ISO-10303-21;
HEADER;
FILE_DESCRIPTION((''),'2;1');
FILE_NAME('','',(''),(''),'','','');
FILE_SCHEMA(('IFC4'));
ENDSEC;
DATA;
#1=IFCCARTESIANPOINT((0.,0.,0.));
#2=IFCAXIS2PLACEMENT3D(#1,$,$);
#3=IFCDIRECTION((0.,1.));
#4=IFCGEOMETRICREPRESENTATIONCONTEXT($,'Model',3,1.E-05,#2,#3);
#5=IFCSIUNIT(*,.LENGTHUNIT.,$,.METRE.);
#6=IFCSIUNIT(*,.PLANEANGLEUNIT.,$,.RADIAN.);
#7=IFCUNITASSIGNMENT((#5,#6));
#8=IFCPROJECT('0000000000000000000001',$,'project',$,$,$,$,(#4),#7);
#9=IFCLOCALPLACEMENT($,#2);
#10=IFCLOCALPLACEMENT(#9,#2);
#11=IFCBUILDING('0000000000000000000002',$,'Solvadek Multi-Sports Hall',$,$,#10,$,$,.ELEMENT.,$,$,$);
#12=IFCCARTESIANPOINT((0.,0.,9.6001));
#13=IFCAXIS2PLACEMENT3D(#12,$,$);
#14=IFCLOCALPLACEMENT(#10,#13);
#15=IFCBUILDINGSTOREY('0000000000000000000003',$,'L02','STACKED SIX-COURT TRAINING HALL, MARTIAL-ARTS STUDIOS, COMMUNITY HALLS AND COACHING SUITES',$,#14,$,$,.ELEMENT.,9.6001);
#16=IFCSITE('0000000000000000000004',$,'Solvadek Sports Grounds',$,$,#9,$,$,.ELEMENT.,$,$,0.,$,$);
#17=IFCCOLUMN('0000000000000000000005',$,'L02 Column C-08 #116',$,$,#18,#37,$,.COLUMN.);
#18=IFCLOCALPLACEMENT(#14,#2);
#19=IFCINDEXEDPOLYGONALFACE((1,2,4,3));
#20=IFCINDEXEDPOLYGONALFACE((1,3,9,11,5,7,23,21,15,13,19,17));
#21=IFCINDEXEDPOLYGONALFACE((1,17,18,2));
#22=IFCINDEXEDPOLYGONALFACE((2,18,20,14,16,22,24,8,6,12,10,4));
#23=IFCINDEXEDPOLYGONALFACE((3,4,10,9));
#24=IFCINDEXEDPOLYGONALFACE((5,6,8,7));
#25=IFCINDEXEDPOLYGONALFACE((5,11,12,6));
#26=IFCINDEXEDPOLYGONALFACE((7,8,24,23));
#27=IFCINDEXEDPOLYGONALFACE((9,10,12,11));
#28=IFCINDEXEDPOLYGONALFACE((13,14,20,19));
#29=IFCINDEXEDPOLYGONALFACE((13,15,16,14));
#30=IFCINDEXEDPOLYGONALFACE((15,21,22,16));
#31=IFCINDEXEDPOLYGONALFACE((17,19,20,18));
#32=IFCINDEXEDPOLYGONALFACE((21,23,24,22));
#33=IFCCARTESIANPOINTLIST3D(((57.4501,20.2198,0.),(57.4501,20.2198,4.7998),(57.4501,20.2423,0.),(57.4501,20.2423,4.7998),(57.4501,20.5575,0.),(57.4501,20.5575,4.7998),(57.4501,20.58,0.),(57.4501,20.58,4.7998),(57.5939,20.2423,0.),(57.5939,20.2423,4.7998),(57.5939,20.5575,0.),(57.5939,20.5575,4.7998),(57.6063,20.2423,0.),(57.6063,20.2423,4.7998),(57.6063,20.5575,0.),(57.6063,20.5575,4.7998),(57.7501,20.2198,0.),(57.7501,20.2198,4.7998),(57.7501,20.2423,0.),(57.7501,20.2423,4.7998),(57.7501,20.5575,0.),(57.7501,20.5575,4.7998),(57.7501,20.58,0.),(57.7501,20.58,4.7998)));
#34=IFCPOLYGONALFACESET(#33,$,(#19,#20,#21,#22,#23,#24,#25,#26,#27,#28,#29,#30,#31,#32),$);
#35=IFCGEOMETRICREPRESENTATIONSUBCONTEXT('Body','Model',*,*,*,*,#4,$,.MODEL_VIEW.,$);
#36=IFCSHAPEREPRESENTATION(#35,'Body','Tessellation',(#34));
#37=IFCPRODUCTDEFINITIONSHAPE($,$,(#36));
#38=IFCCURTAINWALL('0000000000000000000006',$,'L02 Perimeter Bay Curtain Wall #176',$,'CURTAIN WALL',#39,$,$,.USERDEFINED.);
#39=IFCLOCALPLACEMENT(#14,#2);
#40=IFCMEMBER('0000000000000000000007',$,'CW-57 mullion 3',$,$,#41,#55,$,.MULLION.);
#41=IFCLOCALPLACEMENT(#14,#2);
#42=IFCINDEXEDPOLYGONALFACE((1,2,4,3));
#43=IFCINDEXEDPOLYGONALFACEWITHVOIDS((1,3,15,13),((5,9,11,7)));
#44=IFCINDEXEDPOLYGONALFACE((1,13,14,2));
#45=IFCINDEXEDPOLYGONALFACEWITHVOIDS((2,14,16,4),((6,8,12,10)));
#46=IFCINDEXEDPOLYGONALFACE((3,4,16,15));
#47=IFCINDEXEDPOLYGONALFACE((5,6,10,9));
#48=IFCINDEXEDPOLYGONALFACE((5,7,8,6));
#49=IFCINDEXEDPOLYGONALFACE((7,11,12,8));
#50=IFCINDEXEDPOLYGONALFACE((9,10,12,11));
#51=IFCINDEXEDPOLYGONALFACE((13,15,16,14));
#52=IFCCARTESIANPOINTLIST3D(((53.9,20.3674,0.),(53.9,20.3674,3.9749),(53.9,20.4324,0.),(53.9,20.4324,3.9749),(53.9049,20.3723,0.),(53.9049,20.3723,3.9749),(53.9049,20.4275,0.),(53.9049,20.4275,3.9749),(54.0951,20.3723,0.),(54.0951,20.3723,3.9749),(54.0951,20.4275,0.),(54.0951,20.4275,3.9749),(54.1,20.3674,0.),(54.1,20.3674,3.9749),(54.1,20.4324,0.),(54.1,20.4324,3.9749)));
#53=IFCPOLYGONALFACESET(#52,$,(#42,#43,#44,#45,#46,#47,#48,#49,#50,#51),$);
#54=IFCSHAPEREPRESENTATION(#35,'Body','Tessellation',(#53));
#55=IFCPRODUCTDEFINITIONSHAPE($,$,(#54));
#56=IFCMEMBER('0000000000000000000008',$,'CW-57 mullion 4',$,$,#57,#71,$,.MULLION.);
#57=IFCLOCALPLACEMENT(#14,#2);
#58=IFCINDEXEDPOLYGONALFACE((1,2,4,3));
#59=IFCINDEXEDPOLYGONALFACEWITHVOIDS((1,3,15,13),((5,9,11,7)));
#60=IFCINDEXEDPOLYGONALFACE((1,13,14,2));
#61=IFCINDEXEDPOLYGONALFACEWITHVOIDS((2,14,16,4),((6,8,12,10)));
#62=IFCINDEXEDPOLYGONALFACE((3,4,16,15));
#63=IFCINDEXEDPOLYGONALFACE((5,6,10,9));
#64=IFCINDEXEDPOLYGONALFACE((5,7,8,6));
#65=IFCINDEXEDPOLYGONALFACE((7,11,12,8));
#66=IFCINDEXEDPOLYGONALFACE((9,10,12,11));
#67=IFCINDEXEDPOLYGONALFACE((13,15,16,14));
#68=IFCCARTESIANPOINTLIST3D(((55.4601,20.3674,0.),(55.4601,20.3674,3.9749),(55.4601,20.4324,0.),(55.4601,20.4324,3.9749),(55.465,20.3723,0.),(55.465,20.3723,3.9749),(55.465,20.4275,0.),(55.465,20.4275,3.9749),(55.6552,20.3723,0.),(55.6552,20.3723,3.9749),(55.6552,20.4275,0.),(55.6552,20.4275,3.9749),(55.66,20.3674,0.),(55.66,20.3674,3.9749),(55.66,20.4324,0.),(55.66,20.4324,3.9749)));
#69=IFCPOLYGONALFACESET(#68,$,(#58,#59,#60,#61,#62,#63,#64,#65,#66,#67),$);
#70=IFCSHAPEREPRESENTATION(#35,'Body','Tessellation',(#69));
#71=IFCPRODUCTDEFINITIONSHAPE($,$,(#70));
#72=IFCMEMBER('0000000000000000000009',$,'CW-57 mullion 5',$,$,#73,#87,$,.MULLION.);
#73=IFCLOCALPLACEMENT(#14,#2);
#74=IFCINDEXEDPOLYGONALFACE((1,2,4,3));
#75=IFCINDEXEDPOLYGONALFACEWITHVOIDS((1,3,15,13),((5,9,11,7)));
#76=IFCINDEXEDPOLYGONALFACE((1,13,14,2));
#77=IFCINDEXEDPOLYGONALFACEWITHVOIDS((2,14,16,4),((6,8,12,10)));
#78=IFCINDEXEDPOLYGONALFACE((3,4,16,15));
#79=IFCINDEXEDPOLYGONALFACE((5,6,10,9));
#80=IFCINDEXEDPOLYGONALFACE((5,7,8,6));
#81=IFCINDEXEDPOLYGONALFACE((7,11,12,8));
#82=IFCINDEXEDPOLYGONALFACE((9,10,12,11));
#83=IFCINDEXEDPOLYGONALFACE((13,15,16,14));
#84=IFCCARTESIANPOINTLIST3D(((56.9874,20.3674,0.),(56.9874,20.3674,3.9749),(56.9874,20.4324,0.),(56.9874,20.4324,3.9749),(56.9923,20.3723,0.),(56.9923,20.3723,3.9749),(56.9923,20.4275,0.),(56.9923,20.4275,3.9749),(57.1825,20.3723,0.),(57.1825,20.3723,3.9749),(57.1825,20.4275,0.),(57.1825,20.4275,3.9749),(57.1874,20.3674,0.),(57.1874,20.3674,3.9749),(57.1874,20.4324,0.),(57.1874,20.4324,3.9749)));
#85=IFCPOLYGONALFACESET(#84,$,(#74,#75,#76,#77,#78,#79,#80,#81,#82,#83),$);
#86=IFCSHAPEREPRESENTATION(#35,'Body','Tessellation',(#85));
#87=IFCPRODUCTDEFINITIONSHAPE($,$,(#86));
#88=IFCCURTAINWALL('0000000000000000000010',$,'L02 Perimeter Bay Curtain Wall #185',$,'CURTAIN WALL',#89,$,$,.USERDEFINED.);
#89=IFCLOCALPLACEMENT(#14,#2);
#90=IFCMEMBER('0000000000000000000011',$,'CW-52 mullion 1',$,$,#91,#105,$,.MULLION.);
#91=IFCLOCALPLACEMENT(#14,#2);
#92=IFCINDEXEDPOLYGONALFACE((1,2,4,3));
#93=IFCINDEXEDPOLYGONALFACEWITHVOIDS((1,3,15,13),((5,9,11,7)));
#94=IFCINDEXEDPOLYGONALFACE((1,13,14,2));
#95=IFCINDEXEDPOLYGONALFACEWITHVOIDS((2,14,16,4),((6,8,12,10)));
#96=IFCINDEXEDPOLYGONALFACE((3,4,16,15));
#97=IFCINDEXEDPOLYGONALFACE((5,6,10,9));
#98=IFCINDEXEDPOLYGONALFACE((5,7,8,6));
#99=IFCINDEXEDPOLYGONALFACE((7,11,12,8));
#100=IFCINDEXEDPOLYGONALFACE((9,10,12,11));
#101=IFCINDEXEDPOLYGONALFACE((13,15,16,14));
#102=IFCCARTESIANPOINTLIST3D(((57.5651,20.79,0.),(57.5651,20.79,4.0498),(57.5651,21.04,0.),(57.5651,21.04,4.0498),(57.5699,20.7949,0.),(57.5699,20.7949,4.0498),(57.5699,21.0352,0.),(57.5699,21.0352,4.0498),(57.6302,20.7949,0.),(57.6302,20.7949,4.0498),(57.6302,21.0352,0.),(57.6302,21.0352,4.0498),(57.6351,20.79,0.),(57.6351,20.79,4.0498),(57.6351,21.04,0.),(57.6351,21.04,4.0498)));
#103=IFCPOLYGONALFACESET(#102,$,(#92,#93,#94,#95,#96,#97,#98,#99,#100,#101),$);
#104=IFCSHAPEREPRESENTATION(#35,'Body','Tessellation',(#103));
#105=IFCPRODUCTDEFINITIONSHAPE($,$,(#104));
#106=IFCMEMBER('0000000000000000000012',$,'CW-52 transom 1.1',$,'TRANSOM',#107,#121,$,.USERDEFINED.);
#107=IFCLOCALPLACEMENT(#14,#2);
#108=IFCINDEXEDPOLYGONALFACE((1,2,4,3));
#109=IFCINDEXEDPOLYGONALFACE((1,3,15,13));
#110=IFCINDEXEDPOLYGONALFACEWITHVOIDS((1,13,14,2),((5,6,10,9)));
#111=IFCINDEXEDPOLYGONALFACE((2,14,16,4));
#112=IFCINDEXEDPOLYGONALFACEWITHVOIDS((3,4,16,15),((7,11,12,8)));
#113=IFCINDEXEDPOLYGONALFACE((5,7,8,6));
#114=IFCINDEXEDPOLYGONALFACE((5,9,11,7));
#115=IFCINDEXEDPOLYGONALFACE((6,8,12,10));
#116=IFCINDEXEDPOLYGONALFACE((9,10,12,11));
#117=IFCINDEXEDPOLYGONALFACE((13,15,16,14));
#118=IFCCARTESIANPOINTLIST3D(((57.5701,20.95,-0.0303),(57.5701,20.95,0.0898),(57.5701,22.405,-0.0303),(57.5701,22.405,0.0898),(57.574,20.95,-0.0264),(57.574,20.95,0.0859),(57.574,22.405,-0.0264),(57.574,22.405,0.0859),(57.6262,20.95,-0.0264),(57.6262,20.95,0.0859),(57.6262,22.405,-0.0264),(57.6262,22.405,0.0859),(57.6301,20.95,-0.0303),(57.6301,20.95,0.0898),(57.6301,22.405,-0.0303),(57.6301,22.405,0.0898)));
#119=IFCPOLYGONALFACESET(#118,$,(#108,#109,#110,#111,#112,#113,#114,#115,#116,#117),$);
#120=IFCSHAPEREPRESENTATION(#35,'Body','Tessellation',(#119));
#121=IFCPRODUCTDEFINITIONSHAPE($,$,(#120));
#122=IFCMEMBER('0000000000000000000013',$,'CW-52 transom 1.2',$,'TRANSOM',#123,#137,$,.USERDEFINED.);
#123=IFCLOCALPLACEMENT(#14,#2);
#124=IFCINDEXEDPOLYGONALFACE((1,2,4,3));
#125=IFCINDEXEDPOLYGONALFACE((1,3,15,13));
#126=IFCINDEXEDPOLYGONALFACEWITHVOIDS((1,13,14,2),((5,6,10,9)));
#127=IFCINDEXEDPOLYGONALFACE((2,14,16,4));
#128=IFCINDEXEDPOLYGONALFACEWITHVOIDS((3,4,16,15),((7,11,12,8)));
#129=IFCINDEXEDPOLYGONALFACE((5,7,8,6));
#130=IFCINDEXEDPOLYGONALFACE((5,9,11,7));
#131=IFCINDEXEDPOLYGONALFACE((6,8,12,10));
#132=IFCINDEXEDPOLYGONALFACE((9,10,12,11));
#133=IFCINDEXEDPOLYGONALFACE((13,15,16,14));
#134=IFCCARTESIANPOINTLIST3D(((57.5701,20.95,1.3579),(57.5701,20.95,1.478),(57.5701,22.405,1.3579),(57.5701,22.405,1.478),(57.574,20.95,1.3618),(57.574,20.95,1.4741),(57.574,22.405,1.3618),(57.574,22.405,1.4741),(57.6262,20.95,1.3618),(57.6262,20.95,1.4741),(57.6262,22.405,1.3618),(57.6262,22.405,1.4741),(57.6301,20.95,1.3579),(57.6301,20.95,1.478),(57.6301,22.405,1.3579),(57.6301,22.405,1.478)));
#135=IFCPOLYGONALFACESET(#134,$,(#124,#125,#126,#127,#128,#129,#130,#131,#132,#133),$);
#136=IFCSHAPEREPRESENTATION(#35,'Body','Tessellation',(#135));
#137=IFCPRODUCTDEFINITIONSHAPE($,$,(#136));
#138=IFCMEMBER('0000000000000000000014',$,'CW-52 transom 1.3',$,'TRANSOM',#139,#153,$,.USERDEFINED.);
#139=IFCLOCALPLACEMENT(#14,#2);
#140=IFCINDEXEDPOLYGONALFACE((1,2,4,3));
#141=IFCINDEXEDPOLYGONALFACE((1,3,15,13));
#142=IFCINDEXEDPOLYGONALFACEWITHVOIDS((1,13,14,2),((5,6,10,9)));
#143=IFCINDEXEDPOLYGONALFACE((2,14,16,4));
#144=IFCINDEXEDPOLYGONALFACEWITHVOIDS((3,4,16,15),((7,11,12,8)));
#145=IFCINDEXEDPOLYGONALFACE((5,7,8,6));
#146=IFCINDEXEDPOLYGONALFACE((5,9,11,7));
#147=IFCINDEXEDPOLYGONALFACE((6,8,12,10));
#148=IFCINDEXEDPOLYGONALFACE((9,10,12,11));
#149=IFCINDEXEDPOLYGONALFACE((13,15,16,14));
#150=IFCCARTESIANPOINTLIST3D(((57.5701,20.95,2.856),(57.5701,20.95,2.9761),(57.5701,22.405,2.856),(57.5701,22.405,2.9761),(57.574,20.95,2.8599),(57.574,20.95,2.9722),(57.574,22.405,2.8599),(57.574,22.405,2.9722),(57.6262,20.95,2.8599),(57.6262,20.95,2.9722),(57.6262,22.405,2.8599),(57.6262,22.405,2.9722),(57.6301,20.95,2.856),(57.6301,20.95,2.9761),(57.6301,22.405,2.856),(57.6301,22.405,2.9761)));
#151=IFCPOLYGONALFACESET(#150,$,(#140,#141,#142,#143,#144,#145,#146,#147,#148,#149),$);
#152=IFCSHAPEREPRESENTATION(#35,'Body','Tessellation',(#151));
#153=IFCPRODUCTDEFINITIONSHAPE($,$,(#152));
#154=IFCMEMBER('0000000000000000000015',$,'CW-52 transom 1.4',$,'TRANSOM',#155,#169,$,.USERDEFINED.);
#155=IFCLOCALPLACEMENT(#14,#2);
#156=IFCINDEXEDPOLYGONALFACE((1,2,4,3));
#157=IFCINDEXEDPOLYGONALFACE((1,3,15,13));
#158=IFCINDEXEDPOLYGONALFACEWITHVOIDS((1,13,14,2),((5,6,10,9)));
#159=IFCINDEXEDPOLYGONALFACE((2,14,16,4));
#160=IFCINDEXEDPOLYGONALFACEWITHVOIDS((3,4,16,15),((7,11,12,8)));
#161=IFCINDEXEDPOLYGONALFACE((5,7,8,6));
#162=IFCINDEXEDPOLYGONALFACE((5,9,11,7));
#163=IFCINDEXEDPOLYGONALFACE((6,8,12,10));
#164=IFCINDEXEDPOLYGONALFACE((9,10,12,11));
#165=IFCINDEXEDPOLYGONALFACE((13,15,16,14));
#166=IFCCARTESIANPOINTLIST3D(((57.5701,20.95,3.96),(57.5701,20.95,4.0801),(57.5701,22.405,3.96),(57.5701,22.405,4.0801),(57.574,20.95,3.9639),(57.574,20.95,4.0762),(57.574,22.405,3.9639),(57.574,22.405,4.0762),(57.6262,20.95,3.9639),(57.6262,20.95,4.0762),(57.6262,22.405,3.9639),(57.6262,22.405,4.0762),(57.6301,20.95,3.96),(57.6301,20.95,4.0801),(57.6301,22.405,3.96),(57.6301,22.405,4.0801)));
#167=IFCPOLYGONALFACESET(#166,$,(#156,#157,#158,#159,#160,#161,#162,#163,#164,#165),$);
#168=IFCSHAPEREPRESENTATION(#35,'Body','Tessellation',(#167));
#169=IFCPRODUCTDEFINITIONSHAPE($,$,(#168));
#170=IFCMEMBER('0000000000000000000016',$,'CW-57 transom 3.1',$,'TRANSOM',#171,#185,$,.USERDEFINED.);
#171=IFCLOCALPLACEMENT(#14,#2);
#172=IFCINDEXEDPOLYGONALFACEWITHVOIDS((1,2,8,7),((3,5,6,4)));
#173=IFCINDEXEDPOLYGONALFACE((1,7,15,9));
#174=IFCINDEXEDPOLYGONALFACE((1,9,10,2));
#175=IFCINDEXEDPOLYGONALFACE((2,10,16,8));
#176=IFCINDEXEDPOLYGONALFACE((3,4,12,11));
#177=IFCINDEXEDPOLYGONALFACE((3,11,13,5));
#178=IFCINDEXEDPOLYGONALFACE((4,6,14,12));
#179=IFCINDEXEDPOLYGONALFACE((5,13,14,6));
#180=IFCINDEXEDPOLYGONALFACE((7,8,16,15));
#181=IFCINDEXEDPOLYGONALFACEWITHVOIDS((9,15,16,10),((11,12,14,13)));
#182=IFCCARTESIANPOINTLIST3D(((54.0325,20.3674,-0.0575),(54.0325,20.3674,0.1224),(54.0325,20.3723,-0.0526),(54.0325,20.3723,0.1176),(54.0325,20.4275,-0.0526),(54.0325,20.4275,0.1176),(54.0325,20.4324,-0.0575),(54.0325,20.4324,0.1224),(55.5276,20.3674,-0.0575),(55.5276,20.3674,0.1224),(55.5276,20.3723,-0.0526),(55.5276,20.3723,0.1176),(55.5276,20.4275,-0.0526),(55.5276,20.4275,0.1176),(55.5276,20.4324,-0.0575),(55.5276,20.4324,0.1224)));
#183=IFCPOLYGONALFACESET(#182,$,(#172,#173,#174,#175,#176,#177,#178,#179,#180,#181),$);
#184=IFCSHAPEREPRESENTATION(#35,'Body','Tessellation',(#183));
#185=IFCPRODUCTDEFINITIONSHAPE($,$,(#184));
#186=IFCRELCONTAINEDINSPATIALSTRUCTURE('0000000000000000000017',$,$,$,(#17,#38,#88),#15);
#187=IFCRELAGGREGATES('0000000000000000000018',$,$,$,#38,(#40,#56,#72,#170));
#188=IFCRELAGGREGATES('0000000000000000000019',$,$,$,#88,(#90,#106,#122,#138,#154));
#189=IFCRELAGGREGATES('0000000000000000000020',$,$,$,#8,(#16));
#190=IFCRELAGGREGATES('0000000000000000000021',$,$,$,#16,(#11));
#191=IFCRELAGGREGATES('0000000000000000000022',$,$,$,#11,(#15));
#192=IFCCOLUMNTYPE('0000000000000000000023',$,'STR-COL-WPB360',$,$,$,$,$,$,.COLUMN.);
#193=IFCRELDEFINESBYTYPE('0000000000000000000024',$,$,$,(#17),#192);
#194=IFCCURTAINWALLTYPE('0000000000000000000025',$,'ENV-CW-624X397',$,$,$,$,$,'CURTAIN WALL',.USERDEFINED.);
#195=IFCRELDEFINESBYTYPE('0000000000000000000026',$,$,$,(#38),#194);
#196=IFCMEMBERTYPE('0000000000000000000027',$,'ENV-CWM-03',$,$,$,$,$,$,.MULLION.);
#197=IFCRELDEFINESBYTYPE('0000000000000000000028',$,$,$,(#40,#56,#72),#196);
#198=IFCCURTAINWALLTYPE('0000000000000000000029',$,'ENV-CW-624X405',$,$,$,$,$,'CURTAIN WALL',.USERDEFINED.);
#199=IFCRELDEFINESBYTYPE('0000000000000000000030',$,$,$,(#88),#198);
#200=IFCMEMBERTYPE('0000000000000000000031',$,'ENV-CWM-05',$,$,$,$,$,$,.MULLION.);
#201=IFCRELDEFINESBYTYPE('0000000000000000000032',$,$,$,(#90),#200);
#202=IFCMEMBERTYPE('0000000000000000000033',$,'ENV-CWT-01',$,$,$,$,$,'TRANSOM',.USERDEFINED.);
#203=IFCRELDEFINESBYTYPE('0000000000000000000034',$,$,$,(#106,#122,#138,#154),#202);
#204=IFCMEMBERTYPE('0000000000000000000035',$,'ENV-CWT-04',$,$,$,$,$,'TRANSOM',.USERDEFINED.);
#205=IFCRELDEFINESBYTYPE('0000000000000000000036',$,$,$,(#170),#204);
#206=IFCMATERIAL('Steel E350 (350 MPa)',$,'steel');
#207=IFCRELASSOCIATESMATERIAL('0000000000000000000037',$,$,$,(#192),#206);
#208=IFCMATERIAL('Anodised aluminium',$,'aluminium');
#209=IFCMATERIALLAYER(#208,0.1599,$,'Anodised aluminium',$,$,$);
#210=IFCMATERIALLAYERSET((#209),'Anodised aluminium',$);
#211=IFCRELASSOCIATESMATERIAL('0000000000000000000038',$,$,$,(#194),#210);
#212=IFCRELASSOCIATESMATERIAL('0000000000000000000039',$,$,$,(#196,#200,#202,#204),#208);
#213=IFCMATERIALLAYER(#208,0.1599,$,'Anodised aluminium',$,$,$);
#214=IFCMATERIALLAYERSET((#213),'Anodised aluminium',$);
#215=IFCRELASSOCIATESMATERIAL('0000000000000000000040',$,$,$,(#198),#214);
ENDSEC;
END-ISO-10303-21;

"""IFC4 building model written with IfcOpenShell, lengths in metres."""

from ifc_helpers import new_model, si_unit, direction, frame, origin, origin_2d, place, context, subcontext, project, spatial, hollow_rectangle, i_section, extrude, material, layer, layer_set, material_profile, profile_set, type_object, element, aggregate, save


model = new_model("IFC4")

# Units and contexts
model_context = context("Model", 3, precision=1e-05, world=origin(), true_north=direction((0.0, 1.0)))
body_context = subcontext(model_context, "Body", "Model", "MODEL_VIEW")
ifc_project = project(units=[si_unit("LENGTHUNIT", "METRE"), si_unit("PLANEANGLEUNIT", "RADIAN")], contexts=[model_context])

# Site, building, storey
site_placement = place(None, origin())
site = spatial("IfcSite", under=ifc_project, at=site_placement, Name="Solvadek Sports Grounds", CompositionType="ELEMENT", RefElevation=0.0)
building_placement = place(site_placement, origin())
building = spatial("IfcBuilding", under=site, at=building_placement, Name="Solvadek Multi-Sports Hall", CompositionType="ELEMENT")
storey_placement = place(building_placement, frame((0.0, 0.0, 9.6001)))
storey = spatial("IfcBuildingStorey", under=building, at=storey_placement, Name="L02", Description="STACKED SIX-COURT TRAINING HALL, MARTIAL-ARTS STUDIOS, COMMUNITY HALLS AND COACHING SUITES", CompositionType="ELEMENT", Elevation=9.6001)

# Column
ifc_material_1 = material(Name="Steel E350 (350 MPa)", Category="steel")
ifc_material_profile_1 = material_profile(ifc_material_1, i_section(OverallWidth=0.3, OverallDepth=0.3601, WebThickness=0.0125, FlangeThickness=0.0225, at=origin_2d()), Name="WPB 360")
ifc_profile_set_1 = profile_set([ifc_material_profile_1], Name="Steel E350 (350 MPa)")
column_type = type_object("IfcColumnType", Name="STR-COL-WPB360", PredefinedType="COLUMN", material=ifc_profile_set_1)
column_placement = place(storey_placement, frame((57.6001, 20.3999, 0.0), z_axis=(0.0, 0.0, 1.0), x_axis=(1.0, 0.0, 0.0)))
element("IfcColumn", 1, at=column_placement, inside=storey, type_object=column_type, Name="L02 Column C-08 #116", PredefinedType="COLUMN", context=body_context, shape_type="SweptSolid", body=[
    extrude(i_section(OverallWidth=0.3, OverallDepth=0.3601, WebThickness=0.0125, FlangeThickness=0.0225, at=origin_2d()), origin(), (0.0, 0.0, 1.0), 4.7998),
])

# Curtain walls, members
ifc_material_2 = material(Name="Anodised aluminium", Category="aluminium")
ifc_layer_1 = layer(ifc_material_2, 0.1599, Name="Anodised aluminium")
ifc_layer_set_1 = layer_set([ifc_layer_1], Name="Anodised aluminium")
curtain_wall_type_1 = type_object("IfcCurtainWallType", Name="ENV-CW-624X397", ElementType="CURTAIN WALL", PredefinedType="USERDEFINED", material=ifc_layer_set_1)
curtain_wall_1_placement = place(storey_placement, origin())
curtain_wall_1 = element("IfcCurtainWall", 2, at=curtain_wall_1_placement, inside=storey, type_object=curtain_wall_type_1, Name="L02 Perimeter Bay Curtain Wall #176", ObjectType="CURTAIN WALL", PredefinedType="USERDEFINED")
ifc_material_profile_2 = material_profile(ifc_material_2, hollow_rectangle(XDim=0.0649, YDim=0.2, WallThickness=0.0049, at=origin_2d()), Name="ALU-M 200x65x5")
ifc_profile_set_2 = profile_set([ifc_material_profile_2], Name="Anodised aluminium")
member_type_1 = type_object("IfcMemberType", Name="ENV-CWM-03", PredefinedType="MULLION", material=ifc_profile_set_2)
member_1_placement = place(storey_placement, frame((54.0, 20.3999, 0.0), z_axis=(0.0, 0.0, 1.0), x_axis=(0.0, 1.0, 0.0)))
member_1 = element("IfcMember", 3, at=member_1_placement, type_object=member_type_1, Name="CW-57 mullion 3", PredefinedType="MULLION", context=body_context, shape_type="SweptSolid", body=[
    extrude(hollow_rectangle(XDim=0.0649, YDim=0.2, WallThickness=0.0049, at=origin_2d()), origin(), (0.0, 0.0, 1.0), 3.9749),
])
member_2_placement = place(storey_placement, frame((55.5601, 20.3999, 0.0), z_axis=(0.0, 0.0, 1.0), x_axis=(0.0, 1.0, 0.0)))
member_2 = element("IfcMember", 4, at=member_2_placement, type_object=member_type_1, Name="CW-57 mullion 4", PredefinedType="MULLION", context=body_context, shape_type="SweptSolid", body=[
    extrude(hollow_rectangle(XDim=0.0649, YDim=0.2, WallThickness=0.0049, at=origin_2d()), origin(), (0.0, 0.0, 1.0), 3.9749),
])
member_3_placement = place(storey_placement, frame((57.0874, 20.3999, 0.0), z_axis=(0.0, 0.0, 1.0), x_axis=(0.0, 1.0, 0.0)))
member_3 = element("IfcMember", 5, at=member_3_placement, type_object=member_type_1, Name="CW-57 mullion 5", PredefinedType="MULLION", context=body_context, shape_type="SweptSolid", body=[
    extrude(hollow_rectangle(XDim=0.0649, YDim=0.2, WallThickness=0.0049, at=origin_2d()), origin(), (0.0, 0.0, 1.0), 3.9749),
])
ifc_layer_2 = layer(ifc_material_2, 0.1599, Name="Anodised aluminium")
ifc_layer_set_2 = layer_set([ifc_layer_2], Name="Anodised aluminium")
curtain_wall_type_2 = type_object("IfcCurtainWallType", Name="ENV-CW-624X405", ElementType="CURTAIN WALL", PredefinedType="USERDEFINED", material=ifc_layer_set_2)
curtain_wall_2_placement = place(storey_placement, origin())
curtain_wall_2 = element("IfcCurtainWall", 6, at=curtain_wall_2_placement, inside=storey, type_object=curtain_wall_type_2, Name="L02 Perimeter Bay Curtain Wall #185", ObjectType="CURTAIN WALL", PredefinedType="USERDEFINED")
ifc_material_profile_3 = material_profile(ifc_material_2, hollow_rectangle(XDim=0.0701, YDim=0.25, WallThickness=0.0049, at=origin_2d()), Name="ALU-M 250x70x5")
ifc_profile_set_3 = profile_set([ifc_material_profile_3], Name="Anodised aluminium")
member_type_2 = type_object("IfcMemberType", Name="ENV-CWM-05", PredefinedType="MULLION", material=ifc_profile_set_3)
member_4_placement = place(storey_placement, frame((57.6001, 20.915, 0.0), z_axis=(0.0, 0.0, 1.0), x_axis=(-1.0, 0.0, 0.0)))
member_4 = element("IfcMember", 7, at=member_4_placement, type_object=member_type_2, Name="CW-52 mullion 1", PredefinedType="MULLION", context=body_context, shape_type="SweptSolid", body=[
    extrude(hollow_rectangle(XDim=0.0701, YDim=0.25, WallThickness=0.0049, at=origin_2d()), origin(), (0.0, 0.0, 1.0), 4.0498),
])
ifc_material_profile_4 = material_profile(ifc_material_2, hollow_rectangle(XDim=0.0601, YDim=0.1201, WallThickness=0.0039, at=origin_2d()), Name="ALU-T 120x60x4")
ifc_profile_set_4 = profile_set([ifc_material_profile_4], Name="Anodised aluminium")
member_type_3 = type_object("IfcMemberType", Name="ENV-CWT-01", ElementType="TRANSOM", PredefinedType="USERDEFINED", material=ifc_profile_set_4)
member_5_placement = place(storey_placement, frame((57.6001, 20.95, 0.0298), z_axis=(0.0, 1.0, 0.0), x_axis=(-1.0, 0.0, 0.0)))
member_5 = element("IfcMember", 8, at=member_5_placement, type_object=member_type_3, Name="CW-52 transom 1.1", ObjectType="TRANSOM", PredefinedType="USERDEFINED", context=body_context, shape_type="SweptSolid", body=[
    extrude(hollow_rectangle(XDim=0.0601, YDim=0.1201, WallThickness=0.0039, at=origin_2d()), origin(), (0.0, 0.0, 1.0), 1.4551),
])
member_6_placement = place(storey_placement, frame((57.6001, 20.95, 1.418), z_axis=(0.0, 1.0, 0.0), x_axis=(-1.0, 0.0, 0.0)))
member_6 = element("IfcMember", 9, at=member_6_placement, type_object=member_type_3, Name="CW-52 transom 1.2", ObjectType="TRANSOM", PredefinedType="USERDEFINED", context=body_context, shape_type="SweptSolid", body=[
    extrude(hollow_rectangle(XDim=0.0601, YDim=0.1201, WallThickness=0.0039, at=origin_2d()), origin(), (0.0, 0.0, 1.0), 1.4551),
])
member_7_placement = place(storey_placement, frame((57.6001, 20.95, 2.916), z_axis=(0.0, 1.0, 0.0), x_axis=(-1.0, 0.0, 0.0)))
member_7 = element("IfcMember", 10, at=member_7_placement, type_object=member_type_3, Name="CW-52 transom 1.3", ObjectType="TRANSOM", PredefinedType="USERDEFINED", context=body_context, shape_type="SweptSolid", body=[
    extrude(hollow_rectangle(XDim=0.0601, YDim=0.1201, WallThickness=0.0039, at=origin_2d()), origin(), (0.0, 0.0, 1.0), 1.4551),
])
member_8_placement = place(storey_placement, frame((57.6001, 20.95, 4.02), z_axis=(0.0, 1.0, 0.0), x_axis=(-1.0, 0.0, 0.0)))
member_8 = element("IfcMember", 11, at=member_8_placement, type_object=member_type_3, Name="CW-52 transom 1.4", ObjectType="TRANSOM", PredefinedType="USERDEFINED", context=body_context, shape_type="SweptSolid", body=[
    extrude(hollow_rectangle(XDim=0.0601, YDim=0.1201, WallThickness=0.0039, at=origin_2d()), origin(), (0.0, 0.0, 1.0), 1.4551),
])

# Member
ifc_material_profile_5 = material_profile(ifc_material_2, hollow_rectangle(XDim=0.0649, YDim=0.1799, WallThickness=0.0049, at=origin_2d()), Name="ALU-T 180x65x5")
ifc_profile_set_5 = profile_set([ifc_material_profile_5], Name="Anodised aluminium")
member_type_4 = type_object("IfcMemberType", Name="ENV-CWT-04", ElementType="TRANSOM", PredefinedType="USERDEFINED", material=ifc_profile_set_5)
member_9_placement = place(storey_placement, frame((54.0325, 20.3999, 0.0325), z_axis=(1.0, 0.0, 0.0), x_axis=(0.0, 1.0, 0.0)))
member_9 = element("IfcMember", 12, at=member_9_placement, type_object=member_type_4, Name="CW-57 transom 3.1", ObjectType="TRANSOM", PredefinedType="USERDEFINED", context=body_context, shape_type="SweptSolid", body=[
    extrude(hollow_rectangle(XDim=0.0649, YDim=0.1799, WallThickness=0.0049, at=origin_2d()), origin(), (0.0, 0.0, 1.0), 1.4951),
])

aggregate(curtain_wall_1, [member_1, member_2, member_3, member_9])
aggregate(curtain_wall_2, [member_4, member_5, member_6, member_7, member_8])

save(model, "model.ifc")
